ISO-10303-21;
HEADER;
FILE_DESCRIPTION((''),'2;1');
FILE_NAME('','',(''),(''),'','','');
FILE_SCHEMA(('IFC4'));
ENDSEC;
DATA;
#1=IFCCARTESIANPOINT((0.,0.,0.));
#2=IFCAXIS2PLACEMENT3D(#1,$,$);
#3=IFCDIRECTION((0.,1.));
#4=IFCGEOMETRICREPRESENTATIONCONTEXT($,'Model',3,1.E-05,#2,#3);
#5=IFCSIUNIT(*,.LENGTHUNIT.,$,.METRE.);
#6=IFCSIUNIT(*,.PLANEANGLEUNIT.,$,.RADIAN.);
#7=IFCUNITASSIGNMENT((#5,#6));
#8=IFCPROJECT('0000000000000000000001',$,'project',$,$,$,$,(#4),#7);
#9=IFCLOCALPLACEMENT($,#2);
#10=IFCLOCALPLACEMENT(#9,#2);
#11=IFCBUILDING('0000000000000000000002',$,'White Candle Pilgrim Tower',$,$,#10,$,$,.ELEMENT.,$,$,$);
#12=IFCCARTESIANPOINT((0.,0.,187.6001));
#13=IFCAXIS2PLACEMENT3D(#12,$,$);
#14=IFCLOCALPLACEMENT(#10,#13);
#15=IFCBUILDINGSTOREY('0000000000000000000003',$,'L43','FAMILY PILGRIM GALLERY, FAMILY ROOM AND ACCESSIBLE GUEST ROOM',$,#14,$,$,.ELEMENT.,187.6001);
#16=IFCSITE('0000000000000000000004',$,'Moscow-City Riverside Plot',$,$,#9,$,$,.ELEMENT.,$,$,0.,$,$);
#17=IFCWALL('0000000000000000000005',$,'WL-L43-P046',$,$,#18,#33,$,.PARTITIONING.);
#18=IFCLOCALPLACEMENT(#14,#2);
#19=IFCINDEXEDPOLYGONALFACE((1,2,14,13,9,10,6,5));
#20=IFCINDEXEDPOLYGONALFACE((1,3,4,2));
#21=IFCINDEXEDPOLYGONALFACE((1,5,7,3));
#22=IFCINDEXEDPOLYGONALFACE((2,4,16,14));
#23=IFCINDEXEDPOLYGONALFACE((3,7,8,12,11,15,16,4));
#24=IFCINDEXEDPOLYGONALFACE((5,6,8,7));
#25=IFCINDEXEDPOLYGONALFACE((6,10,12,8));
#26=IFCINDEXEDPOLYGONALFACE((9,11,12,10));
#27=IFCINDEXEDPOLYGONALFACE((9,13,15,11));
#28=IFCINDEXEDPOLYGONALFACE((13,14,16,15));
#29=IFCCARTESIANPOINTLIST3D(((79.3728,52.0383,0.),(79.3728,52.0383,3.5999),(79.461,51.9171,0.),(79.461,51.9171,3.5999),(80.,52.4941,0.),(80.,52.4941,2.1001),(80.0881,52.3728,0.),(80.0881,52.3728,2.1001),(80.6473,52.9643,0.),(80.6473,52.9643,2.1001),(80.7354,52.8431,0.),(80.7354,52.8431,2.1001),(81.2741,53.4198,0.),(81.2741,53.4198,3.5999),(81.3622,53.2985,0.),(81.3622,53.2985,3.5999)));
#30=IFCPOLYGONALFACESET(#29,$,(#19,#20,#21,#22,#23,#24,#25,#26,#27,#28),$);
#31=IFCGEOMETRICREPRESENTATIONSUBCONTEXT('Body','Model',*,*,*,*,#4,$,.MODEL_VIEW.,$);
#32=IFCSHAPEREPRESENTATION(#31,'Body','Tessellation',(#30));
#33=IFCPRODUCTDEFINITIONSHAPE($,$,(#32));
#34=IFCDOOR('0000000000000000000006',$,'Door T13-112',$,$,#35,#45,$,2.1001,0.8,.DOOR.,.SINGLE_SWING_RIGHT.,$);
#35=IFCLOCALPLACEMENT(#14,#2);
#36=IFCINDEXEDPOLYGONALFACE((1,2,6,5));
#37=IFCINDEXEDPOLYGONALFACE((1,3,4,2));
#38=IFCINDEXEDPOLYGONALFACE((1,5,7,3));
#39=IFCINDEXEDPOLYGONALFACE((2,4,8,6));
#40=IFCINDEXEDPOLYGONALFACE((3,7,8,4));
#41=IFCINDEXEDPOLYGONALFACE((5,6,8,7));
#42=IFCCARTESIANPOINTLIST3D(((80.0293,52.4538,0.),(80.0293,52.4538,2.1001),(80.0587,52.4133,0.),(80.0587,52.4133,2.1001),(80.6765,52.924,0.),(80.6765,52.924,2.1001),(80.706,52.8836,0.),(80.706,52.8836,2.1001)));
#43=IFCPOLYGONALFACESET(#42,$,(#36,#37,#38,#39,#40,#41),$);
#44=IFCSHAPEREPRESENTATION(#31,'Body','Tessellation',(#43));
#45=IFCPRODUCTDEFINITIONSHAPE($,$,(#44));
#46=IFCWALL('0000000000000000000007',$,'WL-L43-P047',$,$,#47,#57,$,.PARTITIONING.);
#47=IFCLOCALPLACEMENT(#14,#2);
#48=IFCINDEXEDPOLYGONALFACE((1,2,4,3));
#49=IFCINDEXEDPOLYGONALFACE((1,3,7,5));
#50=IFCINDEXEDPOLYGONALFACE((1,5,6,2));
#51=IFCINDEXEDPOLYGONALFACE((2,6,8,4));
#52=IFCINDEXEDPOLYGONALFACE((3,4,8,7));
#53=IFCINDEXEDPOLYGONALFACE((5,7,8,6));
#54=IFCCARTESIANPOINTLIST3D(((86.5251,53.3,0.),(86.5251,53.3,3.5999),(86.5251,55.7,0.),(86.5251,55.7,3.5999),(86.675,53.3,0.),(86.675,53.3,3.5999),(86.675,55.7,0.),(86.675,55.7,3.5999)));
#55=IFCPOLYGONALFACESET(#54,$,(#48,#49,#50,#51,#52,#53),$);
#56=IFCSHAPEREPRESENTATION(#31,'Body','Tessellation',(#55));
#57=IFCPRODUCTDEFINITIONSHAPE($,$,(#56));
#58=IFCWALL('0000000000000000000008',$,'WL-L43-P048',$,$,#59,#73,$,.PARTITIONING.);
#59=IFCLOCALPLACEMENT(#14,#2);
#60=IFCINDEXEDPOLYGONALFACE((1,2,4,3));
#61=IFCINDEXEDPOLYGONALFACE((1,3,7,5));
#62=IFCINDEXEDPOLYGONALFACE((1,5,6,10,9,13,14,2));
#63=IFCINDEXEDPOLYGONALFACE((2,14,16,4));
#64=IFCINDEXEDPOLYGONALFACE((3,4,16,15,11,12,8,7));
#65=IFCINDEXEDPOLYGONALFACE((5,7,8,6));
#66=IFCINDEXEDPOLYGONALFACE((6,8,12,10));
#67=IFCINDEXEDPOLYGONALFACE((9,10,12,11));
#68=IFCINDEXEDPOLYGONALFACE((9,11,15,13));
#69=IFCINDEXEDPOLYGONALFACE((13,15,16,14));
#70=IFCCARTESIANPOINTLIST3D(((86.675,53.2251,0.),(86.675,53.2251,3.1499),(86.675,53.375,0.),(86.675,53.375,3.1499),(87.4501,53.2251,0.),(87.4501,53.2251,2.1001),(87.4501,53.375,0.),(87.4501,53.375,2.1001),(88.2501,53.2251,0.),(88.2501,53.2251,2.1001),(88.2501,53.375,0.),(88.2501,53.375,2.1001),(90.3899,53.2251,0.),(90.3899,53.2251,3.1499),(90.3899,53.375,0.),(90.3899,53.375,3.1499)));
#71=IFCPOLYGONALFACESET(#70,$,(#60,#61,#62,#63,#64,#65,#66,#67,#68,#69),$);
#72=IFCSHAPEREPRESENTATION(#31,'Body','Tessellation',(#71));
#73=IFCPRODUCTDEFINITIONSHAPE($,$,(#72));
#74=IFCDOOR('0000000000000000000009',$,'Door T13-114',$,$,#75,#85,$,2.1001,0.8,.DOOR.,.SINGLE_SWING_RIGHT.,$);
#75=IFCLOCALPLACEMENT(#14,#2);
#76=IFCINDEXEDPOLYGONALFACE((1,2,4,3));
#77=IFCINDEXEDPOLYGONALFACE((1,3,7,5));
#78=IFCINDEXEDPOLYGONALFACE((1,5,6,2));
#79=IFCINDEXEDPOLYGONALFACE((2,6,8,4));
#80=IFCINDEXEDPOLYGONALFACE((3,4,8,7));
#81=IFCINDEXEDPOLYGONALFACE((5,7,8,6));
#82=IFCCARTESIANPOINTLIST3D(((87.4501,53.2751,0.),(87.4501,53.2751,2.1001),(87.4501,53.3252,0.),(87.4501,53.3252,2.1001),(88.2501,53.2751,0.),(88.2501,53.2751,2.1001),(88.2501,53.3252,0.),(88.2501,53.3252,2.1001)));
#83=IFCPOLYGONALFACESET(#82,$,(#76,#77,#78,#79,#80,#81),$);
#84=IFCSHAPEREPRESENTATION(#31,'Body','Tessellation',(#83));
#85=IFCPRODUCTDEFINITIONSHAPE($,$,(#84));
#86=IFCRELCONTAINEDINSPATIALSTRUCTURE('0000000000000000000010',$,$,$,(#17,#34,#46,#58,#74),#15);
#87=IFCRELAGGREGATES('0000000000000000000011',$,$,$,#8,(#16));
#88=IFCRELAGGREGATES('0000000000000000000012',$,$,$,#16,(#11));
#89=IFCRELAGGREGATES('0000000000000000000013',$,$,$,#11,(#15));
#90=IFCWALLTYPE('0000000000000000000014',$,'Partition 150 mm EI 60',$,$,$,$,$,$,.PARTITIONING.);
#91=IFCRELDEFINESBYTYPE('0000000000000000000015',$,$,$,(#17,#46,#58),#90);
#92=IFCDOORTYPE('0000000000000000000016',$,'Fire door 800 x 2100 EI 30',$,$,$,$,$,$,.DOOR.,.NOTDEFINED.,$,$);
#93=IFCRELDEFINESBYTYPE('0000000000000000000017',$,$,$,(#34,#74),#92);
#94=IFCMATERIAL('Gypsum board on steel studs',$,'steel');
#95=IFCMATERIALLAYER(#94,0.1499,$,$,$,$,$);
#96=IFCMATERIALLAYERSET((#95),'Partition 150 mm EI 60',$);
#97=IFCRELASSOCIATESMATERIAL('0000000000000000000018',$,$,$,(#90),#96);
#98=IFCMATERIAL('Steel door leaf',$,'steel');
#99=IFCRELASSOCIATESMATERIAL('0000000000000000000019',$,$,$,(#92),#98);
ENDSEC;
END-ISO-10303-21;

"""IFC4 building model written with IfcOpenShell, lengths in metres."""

from ifc_helpers import new_model, si_unit, direction, frame, frame_2d, origin, place, context, subcontext, project, spatial, rectangle, extrude, material, layer, layer_set, type_object, element, fill, save


model = new_model("IFC4")

# Units and contexts
model_context = context("Model", 3, precision=1e-05, world=origin(), true_north=direction((0.0, 1.0)))
body_context = subcontext(model_context, "Body", "Model", "MODEL_VIEW")
ifc_project = project(units=[si_unit("LENGTHUNIT", "METRE"), si_unit("PLANEANGLEUNIT", "RADIAN")], contexts=[model_context])

# Site, building, storey
site_placement = place(None, origin())
site = spatial("IfcSite", under=ifc_project, at=site_placement, Name="Moscow-City Riverside Plot", CompositionType="ELEMENT", RefElevation=0.0)
building_placement = place(site_placement, origin())
building = spatial("IfcBuilding", under=site, at=building_placement, Name="White Candle Pilgrim Tower", CompositionType="ELEMENT")
storey_placement = place(building_placement, frame((0.0, 0.0, 187.6001)))
storey = spatial("IfcBuildingStorey", under=building, at=storey_placement, Name="L43", Description="FAMILY PILGRIM GALLERY, FAMILY ROOM AND ACCESSIBLE GUEST ROOM", CompositionType="ELEMENT", Elevation=187.6001)

# Shared definitions
ifc_material_1 = material(Name="Gypsum board on steel studs", Category="steel")
ifc_material_2 = material(Name="Steel door leaf", Category="steel")

# Shared definitions
ifc_layer_1 = layer(ifc_material_1, 0.1499)
ifc_layer_set_1 = layer_set([ifc_layer_1], Name="Partition 150 mm EI 60")
wall_type_1 = type_object("IfcWallType", Name="Partition 150 mm EI 60", PredefinedType="PARTITIONING", material=ifc_layer_set_1)

# Wall, opening, door
wall_1_placement = place(storey_placement, frame((81.3181, 53.3591, 0.0), z_axis=(0.0, 0.0, 1.0), x_axis=(-0.808997, -0.587813, 0.0)))
wall_1 = element("IfcWall", 1, at=wall_1_placement, inside=storey, type_object=wall_type_1, Name="WL-L43-P046", PredefinedType="PARTITIONING", context=body_context, shape_type="SweptSolid", body=[
    extrude(rectangle(XDim=2.3501, YDim=0.1499, at=frame_2d((1.175, 0.0))), origin(), (0.0, 0.0, 1.0), 3.5999),
])
opening_1_placement = place(wall_1_placement, frame((0.7749, 0.0, 0.0)))
opening_1 = element("IfcOpeningElement", 2, at=opening_1_placement, cuts=wall_1, PredefinedType="OPENING", context=body_context, shape_type="SweptSolid", body=[
    extrude(rectangle(XDim=0.8, YDim=2.1001, at=frame_2d((0.3999, 1.05))), frame((0.0, 0.085, 0.0), z_axis=(0.0, -1.0, 0.0), x_axis=(1.0, 0.0, 0.0)), (0.0, 0.0, 1.0), 0.1699),
])
door_type_1 = type_object("IfcDoorType", Name="Fire door 800 x 2100 EI 30", OperationType="NOTDEFINED", PredefinedType="DOOR", material=ifc_material_2)
door_1_placement = place(opening_1_placement, origin())
door_1 = element("IfcDoor", 3, at=door_1_placement, inside=storey, type_object=door_type_1, Name="Door T13-112", OperationType="SINGLE_SWING_RIGHT", OverallHeight=2.1001, OverallWidth=0.8, PredefinedType="DOOR", context=body_context, shape_type="SweptSolid", body=[
    extrude(rectangle(XDim=0.8, YDim=2.1001, at=frame_2d((0.3999, 1.05))), frame((0.0, 0.0249, 0.0), z_axis=(0.0, -1.0, 0.0), x_axis=(1.0, 0.0, 0.0)), (0.0, 0.0, 1.0), 0.05),
])
fill(opening_1, door_1)

# Wall
wall_2_placement = place(storey_placement, frame((86.6001, 55.7, 0.0), z_axis=(0.0, 0.0, 1.0), x_axis=(0.0, -1.0, 0.0)))
element("IfcWall", 4, at=wall_2_placement, inside=storey, type_object=wall_type_1, Name="WL-L43-P047", PredefinedType="PARTITIONING", context=body_context, shape_type="SweptSolid", body=[
    extrude(rectangle(XDim=2.3999, YDim=0.1499, at=frame_2d((1.2, 0.0))), origin(), (0.0, 0.0, 1.0), 3.5999),
])

# Wall, opening, door
wall_3_placement = place(storey_placement, frame((90.3899, 53.3, 0.0), z_axis=(0.0, 0.0, 1.0), x_axis=(-1.0, 0.0, 0.0)))
wall_3 = element("IfcWall", 5, at=wall_3_placement, inside=storey, type_object=wall_type_1, Name="WL-L43-P048", PredefinedType="PARTITIONING", context=body_context, shape_type="SweptSolid", body=[
    extrude(rectangle(XDim=3.7148, YDim=0.1499, at=frame_2d((1.8574, 0.0))), origin(), (0.0, 0.0, 1.0), 3.1499),
])
opening_2_placement = place(wall_3_placement, frame((2.1399, 0.0, 0.0)))
opening_2 = element("IfcOpeningElement", 6, at=opening_2_placement, cuts=wall_3, PredefinedType="OPENING", context=body_context, shape_type="SweptSolid", body=[
    extrude(rectangle(XDim=0.8, YDim=2.1001, at=frame_2d((0.3999, 1.05))), frame((0.0, 0.085, 0.0), z_axis=(0.0, -1.0, 0.0), x_axis=(1.0, 0.0, 0.0)), (0.0, 0.0, 1.0), 0.1699),
])
door_2_placement = place(opening_2_placement, origin())
door_2 = element("IfcDoor", 7, at=door_2_placement, inside=storey, type_object=door_type_1, Name="Door T13-114", OperationType="SINGLE_SWING_RIGHT", OverallHeight=2.1001, OverallWidth=0.8, PredefinedType="DOOR", context=body_context, shape_type="SweptSolid", body=[
    extrude(rectangle(XDim=0.8, YDim=2.1001, at=frame_2d((0.3999, 1.05))), frame((0.0, 0.0249, 0.0), z_axis=(0.0, -1.0, 0.0), x_axis=(1.0, 0.0, 0.0)), (0.0, 0.0, 1.0), 0.05),
])
fill(opening_2, door_2)

save(model, "model.ifc")
